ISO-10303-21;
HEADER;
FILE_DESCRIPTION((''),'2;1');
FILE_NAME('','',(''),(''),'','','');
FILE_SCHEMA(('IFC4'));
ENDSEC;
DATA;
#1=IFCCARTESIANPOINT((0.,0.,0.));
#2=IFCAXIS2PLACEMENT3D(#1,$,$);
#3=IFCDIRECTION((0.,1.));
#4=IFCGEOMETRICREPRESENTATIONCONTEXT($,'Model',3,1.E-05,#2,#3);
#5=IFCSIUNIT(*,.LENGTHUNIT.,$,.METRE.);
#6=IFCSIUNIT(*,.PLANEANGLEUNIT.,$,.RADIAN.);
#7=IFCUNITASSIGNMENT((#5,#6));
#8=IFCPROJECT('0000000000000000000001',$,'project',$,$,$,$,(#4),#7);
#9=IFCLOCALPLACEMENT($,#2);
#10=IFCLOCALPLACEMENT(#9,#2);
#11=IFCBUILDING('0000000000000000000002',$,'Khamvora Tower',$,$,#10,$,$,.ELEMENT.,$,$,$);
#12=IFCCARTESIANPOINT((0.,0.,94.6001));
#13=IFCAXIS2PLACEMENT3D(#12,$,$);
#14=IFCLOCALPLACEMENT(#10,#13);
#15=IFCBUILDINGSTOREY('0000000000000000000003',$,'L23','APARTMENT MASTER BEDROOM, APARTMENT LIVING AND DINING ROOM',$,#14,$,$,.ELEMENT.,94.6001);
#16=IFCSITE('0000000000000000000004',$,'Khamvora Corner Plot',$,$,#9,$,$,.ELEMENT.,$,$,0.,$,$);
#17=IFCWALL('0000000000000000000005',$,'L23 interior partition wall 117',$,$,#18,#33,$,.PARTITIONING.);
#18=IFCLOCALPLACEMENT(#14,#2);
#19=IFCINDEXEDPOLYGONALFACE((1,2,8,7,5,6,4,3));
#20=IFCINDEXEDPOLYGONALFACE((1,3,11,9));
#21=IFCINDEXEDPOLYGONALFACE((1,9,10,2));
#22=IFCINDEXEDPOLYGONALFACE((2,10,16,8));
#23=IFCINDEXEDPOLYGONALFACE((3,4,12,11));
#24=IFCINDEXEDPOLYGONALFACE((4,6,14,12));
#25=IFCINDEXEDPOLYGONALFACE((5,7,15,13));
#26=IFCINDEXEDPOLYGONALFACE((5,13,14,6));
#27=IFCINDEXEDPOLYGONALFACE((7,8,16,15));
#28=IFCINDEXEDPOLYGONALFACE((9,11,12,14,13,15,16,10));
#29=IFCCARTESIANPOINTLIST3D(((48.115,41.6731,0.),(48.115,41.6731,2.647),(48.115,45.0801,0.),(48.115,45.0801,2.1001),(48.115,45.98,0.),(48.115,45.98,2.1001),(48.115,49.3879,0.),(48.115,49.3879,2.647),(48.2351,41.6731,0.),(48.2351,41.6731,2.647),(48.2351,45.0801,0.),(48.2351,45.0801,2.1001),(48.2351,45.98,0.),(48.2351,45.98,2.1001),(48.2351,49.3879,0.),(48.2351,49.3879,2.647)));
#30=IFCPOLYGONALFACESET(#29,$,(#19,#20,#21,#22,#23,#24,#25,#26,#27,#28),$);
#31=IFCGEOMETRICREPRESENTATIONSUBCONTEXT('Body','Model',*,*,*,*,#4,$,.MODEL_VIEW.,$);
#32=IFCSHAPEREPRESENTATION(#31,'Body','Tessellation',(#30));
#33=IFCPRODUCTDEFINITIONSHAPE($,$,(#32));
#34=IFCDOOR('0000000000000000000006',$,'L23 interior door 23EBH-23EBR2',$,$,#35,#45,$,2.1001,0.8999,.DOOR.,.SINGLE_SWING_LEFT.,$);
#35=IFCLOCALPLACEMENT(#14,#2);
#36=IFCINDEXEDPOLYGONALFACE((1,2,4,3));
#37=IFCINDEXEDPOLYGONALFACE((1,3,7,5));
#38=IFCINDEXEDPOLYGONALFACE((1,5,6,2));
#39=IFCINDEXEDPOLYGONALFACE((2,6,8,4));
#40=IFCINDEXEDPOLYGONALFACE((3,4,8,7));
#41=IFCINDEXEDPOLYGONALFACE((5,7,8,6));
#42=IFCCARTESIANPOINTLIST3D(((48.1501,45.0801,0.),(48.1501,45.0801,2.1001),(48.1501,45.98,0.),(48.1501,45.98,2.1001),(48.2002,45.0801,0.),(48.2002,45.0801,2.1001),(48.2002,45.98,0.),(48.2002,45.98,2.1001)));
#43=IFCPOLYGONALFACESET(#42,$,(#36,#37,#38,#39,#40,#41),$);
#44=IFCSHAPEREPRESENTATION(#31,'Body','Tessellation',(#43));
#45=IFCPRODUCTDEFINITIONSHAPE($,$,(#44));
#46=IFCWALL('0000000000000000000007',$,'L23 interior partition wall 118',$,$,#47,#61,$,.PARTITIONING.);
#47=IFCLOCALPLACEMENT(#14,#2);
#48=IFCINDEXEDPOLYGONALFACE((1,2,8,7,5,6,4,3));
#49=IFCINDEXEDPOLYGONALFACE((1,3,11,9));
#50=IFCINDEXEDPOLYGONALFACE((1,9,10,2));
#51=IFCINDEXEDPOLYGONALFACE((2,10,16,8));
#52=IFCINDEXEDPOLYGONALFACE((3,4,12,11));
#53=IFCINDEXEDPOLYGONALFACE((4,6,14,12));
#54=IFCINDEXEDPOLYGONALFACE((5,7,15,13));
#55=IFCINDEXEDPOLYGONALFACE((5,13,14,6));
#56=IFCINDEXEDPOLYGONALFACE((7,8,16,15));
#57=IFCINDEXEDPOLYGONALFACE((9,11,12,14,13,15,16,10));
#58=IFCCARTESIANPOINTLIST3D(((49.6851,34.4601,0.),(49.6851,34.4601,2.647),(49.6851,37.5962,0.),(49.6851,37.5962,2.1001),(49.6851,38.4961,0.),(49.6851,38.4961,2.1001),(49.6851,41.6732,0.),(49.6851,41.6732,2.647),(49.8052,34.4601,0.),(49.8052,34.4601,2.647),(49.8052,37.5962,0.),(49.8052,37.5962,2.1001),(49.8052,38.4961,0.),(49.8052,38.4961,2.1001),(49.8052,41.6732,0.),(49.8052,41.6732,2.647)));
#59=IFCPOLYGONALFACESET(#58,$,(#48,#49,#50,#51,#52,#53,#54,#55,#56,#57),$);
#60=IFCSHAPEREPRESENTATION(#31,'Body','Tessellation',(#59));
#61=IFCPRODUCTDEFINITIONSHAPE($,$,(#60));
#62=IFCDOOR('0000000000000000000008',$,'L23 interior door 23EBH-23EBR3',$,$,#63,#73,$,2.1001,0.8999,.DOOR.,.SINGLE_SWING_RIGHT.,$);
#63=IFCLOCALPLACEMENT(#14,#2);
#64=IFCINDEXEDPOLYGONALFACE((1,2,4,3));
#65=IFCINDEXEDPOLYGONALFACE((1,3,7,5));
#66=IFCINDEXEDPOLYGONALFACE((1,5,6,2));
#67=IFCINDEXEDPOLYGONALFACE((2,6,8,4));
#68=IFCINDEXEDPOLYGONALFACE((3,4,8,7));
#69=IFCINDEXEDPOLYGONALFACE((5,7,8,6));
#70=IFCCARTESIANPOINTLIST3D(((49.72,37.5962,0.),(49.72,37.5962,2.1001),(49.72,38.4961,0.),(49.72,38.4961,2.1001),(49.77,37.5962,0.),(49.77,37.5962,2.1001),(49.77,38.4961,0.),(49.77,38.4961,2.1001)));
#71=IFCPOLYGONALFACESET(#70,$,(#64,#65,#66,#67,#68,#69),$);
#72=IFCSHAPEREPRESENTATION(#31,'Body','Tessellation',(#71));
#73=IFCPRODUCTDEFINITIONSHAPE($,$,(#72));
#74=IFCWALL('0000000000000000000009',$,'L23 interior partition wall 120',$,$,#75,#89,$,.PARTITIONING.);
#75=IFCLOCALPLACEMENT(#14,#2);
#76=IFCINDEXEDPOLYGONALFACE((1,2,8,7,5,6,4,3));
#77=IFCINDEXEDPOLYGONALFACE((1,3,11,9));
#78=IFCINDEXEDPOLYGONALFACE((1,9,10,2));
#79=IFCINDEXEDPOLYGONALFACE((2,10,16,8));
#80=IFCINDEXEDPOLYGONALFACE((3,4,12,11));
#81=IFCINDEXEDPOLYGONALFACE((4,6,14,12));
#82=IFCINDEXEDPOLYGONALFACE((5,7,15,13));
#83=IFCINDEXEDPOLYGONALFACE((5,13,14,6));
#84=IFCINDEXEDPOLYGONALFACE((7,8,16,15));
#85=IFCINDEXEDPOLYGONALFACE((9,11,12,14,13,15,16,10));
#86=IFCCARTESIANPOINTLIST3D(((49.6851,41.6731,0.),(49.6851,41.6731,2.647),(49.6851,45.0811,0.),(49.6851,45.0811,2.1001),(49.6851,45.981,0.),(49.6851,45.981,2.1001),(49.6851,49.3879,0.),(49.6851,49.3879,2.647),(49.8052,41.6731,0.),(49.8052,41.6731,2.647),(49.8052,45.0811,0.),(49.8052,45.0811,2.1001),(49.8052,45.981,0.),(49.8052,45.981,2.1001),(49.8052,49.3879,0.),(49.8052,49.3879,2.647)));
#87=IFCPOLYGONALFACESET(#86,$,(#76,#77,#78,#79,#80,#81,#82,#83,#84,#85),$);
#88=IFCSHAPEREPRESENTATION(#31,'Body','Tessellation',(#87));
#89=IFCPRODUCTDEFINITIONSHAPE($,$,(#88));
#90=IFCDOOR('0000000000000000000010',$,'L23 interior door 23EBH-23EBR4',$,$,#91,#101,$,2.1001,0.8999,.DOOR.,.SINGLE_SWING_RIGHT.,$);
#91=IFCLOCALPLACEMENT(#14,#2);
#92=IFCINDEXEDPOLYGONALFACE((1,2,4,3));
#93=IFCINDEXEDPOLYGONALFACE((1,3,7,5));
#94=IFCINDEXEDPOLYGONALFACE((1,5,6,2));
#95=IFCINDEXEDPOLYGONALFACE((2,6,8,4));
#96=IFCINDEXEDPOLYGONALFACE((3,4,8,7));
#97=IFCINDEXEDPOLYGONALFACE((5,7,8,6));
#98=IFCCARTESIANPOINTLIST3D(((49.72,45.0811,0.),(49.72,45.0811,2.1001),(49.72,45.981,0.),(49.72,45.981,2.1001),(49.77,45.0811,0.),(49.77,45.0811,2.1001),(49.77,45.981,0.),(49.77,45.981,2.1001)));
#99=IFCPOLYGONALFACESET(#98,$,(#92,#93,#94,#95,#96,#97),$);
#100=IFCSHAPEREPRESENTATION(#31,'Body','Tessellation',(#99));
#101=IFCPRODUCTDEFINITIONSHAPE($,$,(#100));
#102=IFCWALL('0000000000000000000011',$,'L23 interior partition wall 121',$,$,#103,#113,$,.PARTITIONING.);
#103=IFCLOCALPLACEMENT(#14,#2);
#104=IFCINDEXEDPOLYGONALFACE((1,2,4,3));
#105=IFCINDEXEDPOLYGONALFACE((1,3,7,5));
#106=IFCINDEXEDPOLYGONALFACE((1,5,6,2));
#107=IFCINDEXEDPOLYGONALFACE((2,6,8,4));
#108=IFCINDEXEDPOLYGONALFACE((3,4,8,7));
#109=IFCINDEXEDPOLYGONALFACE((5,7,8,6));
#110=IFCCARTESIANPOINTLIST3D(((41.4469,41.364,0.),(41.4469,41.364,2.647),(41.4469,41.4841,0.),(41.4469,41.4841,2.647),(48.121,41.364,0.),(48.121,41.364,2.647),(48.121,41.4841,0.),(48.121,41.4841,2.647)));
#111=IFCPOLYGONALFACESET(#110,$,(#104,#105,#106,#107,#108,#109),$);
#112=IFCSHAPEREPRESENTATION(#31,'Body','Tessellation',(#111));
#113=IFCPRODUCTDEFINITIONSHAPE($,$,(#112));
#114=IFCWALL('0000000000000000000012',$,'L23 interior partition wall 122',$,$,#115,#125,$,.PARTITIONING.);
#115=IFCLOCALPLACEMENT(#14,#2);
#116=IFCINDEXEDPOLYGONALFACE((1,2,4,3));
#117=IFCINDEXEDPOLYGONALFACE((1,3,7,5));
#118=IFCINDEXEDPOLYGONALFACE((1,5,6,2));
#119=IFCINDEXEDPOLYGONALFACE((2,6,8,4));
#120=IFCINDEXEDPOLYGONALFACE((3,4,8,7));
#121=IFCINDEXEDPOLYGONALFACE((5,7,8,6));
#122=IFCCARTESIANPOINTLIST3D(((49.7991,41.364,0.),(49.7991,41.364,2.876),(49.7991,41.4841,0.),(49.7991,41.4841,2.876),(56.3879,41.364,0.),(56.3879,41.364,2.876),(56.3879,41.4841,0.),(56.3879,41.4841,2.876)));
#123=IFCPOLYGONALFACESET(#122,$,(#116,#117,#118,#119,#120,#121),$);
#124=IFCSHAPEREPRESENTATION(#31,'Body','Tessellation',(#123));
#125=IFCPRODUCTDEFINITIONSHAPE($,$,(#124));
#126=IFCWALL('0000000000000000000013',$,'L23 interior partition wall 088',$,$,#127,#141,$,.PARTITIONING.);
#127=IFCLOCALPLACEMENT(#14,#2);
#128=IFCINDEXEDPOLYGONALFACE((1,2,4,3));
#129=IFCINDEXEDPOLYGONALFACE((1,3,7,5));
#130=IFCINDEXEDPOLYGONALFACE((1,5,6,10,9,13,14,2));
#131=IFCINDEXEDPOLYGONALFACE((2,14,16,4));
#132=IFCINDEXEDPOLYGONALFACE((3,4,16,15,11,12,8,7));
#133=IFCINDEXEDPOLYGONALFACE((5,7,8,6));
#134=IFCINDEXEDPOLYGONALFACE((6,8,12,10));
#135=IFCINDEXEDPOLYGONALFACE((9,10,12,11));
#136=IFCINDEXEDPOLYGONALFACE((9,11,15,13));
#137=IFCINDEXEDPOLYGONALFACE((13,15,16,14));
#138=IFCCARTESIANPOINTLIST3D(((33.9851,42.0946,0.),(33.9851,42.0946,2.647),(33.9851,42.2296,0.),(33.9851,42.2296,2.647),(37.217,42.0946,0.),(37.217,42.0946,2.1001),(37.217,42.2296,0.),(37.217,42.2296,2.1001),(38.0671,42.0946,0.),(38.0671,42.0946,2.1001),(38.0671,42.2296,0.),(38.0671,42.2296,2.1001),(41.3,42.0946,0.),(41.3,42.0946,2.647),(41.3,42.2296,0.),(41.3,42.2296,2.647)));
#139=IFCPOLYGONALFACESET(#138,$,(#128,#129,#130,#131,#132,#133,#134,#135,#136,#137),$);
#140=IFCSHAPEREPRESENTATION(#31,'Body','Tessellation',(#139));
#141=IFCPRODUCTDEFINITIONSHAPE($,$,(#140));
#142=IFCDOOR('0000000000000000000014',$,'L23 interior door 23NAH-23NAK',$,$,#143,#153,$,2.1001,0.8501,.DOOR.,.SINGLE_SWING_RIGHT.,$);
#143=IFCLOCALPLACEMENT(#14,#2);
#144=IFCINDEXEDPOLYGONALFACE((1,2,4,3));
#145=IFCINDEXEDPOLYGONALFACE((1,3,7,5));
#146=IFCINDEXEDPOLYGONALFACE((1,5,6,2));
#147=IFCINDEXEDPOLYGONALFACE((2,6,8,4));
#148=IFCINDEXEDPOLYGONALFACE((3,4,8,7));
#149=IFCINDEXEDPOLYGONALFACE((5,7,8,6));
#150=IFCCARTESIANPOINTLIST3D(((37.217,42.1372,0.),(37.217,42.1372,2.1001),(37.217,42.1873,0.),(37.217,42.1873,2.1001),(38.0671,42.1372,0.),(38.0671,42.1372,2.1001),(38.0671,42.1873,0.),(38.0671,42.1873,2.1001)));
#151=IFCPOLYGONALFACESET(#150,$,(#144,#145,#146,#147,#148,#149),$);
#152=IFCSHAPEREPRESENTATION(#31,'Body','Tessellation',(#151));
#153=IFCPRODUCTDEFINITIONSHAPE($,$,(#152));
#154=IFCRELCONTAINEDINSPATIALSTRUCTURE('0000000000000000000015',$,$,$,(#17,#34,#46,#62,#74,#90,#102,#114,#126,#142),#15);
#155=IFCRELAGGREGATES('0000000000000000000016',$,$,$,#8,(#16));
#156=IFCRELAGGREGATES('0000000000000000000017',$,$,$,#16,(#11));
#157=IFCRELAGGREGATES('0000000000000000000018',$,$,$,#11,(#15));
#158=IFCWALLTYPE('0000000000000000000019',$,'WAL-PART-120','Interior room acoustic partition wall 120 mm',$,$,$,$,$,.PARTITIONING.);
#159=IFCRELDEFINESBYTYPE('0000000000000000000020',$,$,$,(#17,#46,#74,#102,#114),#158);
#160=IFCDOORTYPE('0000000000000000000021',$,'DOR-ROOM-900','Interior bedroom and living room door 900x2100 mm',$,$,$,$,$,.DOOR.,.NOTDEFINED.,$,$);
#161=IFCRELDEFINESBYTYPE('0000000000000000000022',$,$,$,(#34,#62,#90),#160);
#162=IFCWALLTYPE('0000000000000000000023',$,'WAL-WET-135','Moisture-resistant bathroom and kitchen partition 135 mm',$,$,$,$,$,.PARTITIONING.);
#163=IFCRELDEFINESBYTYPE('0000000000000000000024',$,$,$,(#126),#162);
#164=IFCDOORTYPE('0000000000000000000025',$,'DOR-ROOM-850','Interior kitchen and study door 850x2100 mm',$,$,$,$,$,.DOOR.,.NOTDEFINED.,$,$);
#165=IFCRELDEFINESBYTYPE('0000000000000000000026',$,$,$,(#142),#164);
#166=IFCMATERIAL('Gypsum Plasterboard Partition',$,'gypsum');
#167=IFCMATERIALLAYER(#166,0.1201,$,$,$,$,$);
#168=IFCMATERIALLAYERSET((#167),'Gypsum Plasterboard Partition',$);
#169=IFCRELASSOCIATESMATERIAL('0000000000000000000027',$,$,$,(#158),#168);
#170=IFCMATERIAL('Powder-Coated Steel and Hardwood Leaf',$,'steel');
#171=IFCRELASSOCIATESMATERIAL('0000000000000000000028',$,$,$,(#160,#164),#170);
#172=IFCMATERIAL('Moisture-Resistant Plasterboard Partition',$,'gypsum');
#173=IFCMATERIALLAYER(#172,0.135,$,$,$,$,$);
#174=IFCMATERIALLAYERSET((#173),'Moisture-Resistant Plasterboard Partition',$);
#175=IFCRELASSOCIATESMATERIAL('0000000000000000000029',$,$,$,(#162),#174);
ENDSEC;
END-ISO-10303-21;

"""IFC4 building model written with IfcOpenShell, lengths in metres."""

from ifc_helpers import new_model, si_unit, direction, frame, frame_2d, origin, place, context, subcontext, project, spatial, rectangle, extrude, material, layer, layer_set, type_object, element, fill, save


model = new_model("IFC4")

# Units and contexts
model_context = context("Model", 3, precision=1e-05, world=origin(), true_north=direction((0.0, 1.0)))
body_context = subcontext(model_context, "Body", "Model", "MODEL_VIEW")
ifc_project = project(units=[si_unit("LENGTHUNIT", "METRE"), si_unit("PLANEANGLEUNIT", "RADIAN")], contexts=[model_context])

# Site, building, storey
site_placement = place(None, origin())
site = spatial("IfcSite", under=ifc_project, at=site_placement, Name="Khamvora Corner Plot", CompositionType="ELEMENT", RefElevation=0.0)
building_placement = place(site_placement, origin())
building = spatial("IfcBuilding", under=site, at=building_placement, Name="Khamvora Tower", CompositionType="ELEMENT")
storey_placement = place(building_placement, frame((0.0, 0.0, 94.6001)))
storey = spatial("IfcBuildingStorey", under=building, at=storey_placement, Name="L23", Description="APARTMENT MASTER BEDROOM, APARTMENT LIVING AND DINING ROOM", CompositionType="ELEMENT", Elevation=94.6001)

# Walls, openings, doors
ifc_material_1 = material(Name="Gypsum Plasterboard Partition", Category="gypsum")
ifc_layer_1 = layer(ifc_material_1, 0.1201)
ifc_layer_set_1 = layer_set([ifc_layer_1], Name="Gypsum Plasterboard Partition")
wall_type_1 = type_object("IfcWallType", Name="WAL-PART-120", Description="Interior room acoustic partition wall 120 mm", PredefinedType="PARTITIONING", material=ifc_layer_set_1)
wall_1_placement = place(storey_placement, frame((48.175, 41.6731, 0.0), z_axis=(0.0, 0.0, 1.0), x_axis=(0.0, 1.0, 0.0)))
wall_1 = element("IfcWall", 1, at=wall_1_placement, inside=storey, type_object=wall_type_1, Name="L23 interior partition wall 117", PredefinedType="PARTITIONING", context=body_context, shape_type="SweptSolid", body=[
    extrude(rectangle(XDim=7.7148, YDim=0.1201, at=frame_2d((3.8574, 0.0))), origin(), (0.0, 0.0, 1.0), 2.647),
])
opening_1_placement = place(wall_1_placement, frame((3.407, 0.0, 0.0)))
opening_1 = element("IfcOpeningElement", 2, at=opening_1_placement, cuts=wall_1, PredefinedType="OPENING", context=body_context, shape_type="SweptSolid", body=[
    extrude(rectangle(XDim=0.8999, YDim=2.1001, at=frame_2d((0.45, 1.05))), frame((0.0, 0.0701, 0.0), z_axis=(0.0, -1.0, 0.0), x_axis=(1.0, 0.0, 0.0)), (0.0, 0.0, 1.0), 0.1401),
])
ifc_material_2 = material(Name="Powder-Coated Steel and Hardwood Leaf", Category="steel")
door_type_1 = type_object("IfcDoorType", Name="DOR-ROOM-900", Description="Interior bedroom and living room door 900x2100 mm", OperationType="NOTDEFINED", PredefinedType="DOOR", material=ifc_material_2)
door_1_placement = place(opening_1_placement, origin())
door_1 = element("IfcDoor", 3, at=door_1_placement, inside=storey, type_object=door_type_1, Name="L23 interior door 23EBH-23EBR2", OperationType="SINGLE_SWING_LEFT", OverallHeight=2.1001, OverallWidth=0.8999, PredefinedType="DOOR", context=body_context, shape_type="SweptSolid", body=[
    extrude(rectangle(XDim=0.8999, YDim=2.1001, at=frame_2d((0.45, 1.05))), frame((0.0, 0.0249, 0.0), z_axis=(0.0, -1.0, 0.0), x_axis=(1.0, 0.0, 0.0)), (0.0, 0.0, 1.0), 0.05),
])
fill(opening_1, door_1)
wall_2_placement = place(storey_placement, frame((49.7451, 41.6731, 0.0), z_axis=(0.0, 0.0, 1.0), x_axis=(0.0, -1.0, 0.0)))
wall_2 = element("IfcWall", 4, at=wall_2_placement, inside=storey, type_object=wall_type_1, Name="L23 interior partition wall 118", PredefinedType="PARTITIONING", context=body_context, shape_type="SweptSolid", body=[
    extrude(rectangle(XDim=7.2131, YDim=0.1201, at=frame_2d((3.6064, 0.0))), origin(), (0.0, 0.0, 1.0), 2.647),
])
opening_2_placement = place(wall_2_placement, frame((3.177, 0.0, 0.0)))
opening_2 = element("IfcOpeningElement", 5, at=opening_2_placement, cuts=wall_2, PredefinedType="OPENING", context=body_context, shape_type="SweptSolid", body=[
    extrude(rectangle(XDim=0.8999, YDim=2.1001, at=frame_2d((0.45, 1.05))), frame((0.0, 0.0701, 0.0), z_axis=(0.0, -1.0, 0.0), x_axis=(1.0, 0.0, 0.0)), (0.0, 0.0, 1.0), 0.1401),
])
door_2_placement = place(opening_2_placement, origin())
door_2 = element("IfcDoor", 6, at=door_2_placement, inside=storey, type_object=door_type_1, Name="L23 interior door 23EBH-23EBR3", OperationType="SINGLE_SWING_RIGHT", OverallHeight=2.1001, OverallWidth=0.8999, PredefinedType="DOOR", context=body_context, shape_type="SweptSolid", body=[
    extrude(rectangle(XDim=0.8999, YDim=2.1001, at=frame_2d((0.45, 1.05))), frame((0.0, 0.0249, 0.0), z_axis=(0.0, -1.0, 0.0), x_axis=(1.0, 0.0, 0.0)), (0.0, 0.0, 1.0), 0.05),
])
fill(opening_2, door_2)
wall_3_placement = place(storey_placement, frame((49.7451, 49.3879, 0.0), z_axis=(0.0, 0.0, 1.0), x_axis=(0.0, -1.0, 0.0)))
wall_3 = element("IfcWall", 7, at=wall_3_placement, inside=storey, type_object=wall_type_1, Name="L23 interior partition wall 120", PredefinedType="PARTITIONING", context=body_context, shape_type="SweptSolid", body=[
    extrude(rectangle(XDim=7.7148, YDim=0.1201, at=frame_2d((3.8574, 0.0))), origin(), (0.0, 0.0, 1.0), 2.647),
])
opening_3_placement = place(wall_3_placement, frame((3.407, 0.0, 0.0)))
opening_3 = element("IfcOpeningElement", 8, at=opening_3_placement, cuts=wall_3, PredefinedType="OPENING", context=body_context, shape_type="SweptSolid", body=[
    extrude(rectangle(XDim=0.8999, YDim=2.1001, at=frame_2d((0.45, 1.05))), frame((0.0, 0.0701, 0.0), z_axis=(0.0, -1.0, 0.0), x_axis=(1.0, 0.0, 0.0)), (0.0, 0.0, 1.0), 0.1401),
])
door_3_placement = place(opening_3_placement, origin())
door_3 = element("IfcDoor", 9, at=door_3_placement, inside=storey, type_object=door_type_1, Name="L23 interior door 23EBH-23EBR4", OperationType="SINGLE_SWING_RIGHT", OverallHeight=2.1001, OverallWidth=0.8999, PredefinedType="DOOR", context=body_context, shape_type="SweptSolid", body=[
    extrude(rectangle(XDim=0.8999, YDim=2.1001, at=frame_2d((0.45, 1.05))), frame((0.0, 0.0249, 0.0), z_axis=(0.0, -1.0, 0.0), x_axis=(1.0, 0.0, 0.0)), (0.0, 0.0, 1.0), 0.05),
])
fill(opening_3, door_3)

# Walls
wall_4_placement = place(storey_placement, frame((41.447, 41.4241, 0.0), z_axis=(0.0, 0.0, 1.0), x_axis=(1.0, 0.0, 0.0)))
element("IfcWall", 10, at=wall_4_placement, inside=storey, type_object=wall_type_1, Name="L23 interior partition wall 121", PredefinedType="PARTITIONING", context=body_context, shape_type="SweptSolid", body=[
    extrude(rectangle(XDim=6.6741, YDim=0.1201, at=frame_2d((3.3369, 0.0))), origin(), (0.0, 0.0, 1.0), 2.647),
])
wall_5_placement = place(storey_placement, frame((49.7991, 41.4241, 0.0), z_axis=(0.0, 0.0, 1.0), x_axis=(1.0, 0.0, 0.0)))
element("IfcWall", 11, at=wall_5_placement, inside=storey, type_object=wall_type_1, Name="L23 interior partition wall 122", PredefinedType="PARTITIONING", context=body_context, shape_type="SweptSolid", body=[
    extrude(rectangle(XDim=6.5889, YDim=0.1201, at=frame_2d((3.2944, 0.0))), origin(), (0.0, 0.0, 1.0), 2.876),
])

# Wall, opening, door
ifc_material_3 = material(Name="Moisture-Resistant Plasterboard Partition", Category="gypsum")
ifc_layer_2 = layer(ifc_material_3, 0.135)
ifc_layer_set_2 = layer_set([ifc_layer_2], Name="Moisture-Resistant Plasterboard Partition")
wall_type_2 = type_object("IfcWallType", Name="WAL-WET-135", Description="Moisture-resistant bathroom and kitchen partition 135 mm", PredefinedType="PARTITIONING", material=ifc_layer_set_2)
wall_6_placement = place(storey_placement, frame((41.3, 42.1621, 0.0), z_axis=(0.0, 0.0, 1.0), x_axis=(-1.0, 0.0, 0.0)))
wall_6 = element("IfcWall", 12, at=wall_6_placement, inside=storey, type_object=wall_type_2, Name="L23 interior partition wall 088", PredefinedType="PARTITIONING", context=body_context, shape_type="SweptSolid", body=[
    extrude(rectangle(XDim=7.3149, YDim=0.135, at=frame_2d((3.6575, 0.0))), origin(), (0.0, 0.0, 1.0), 2.647),
])
opening_4_placement = place(wall_6_placement, frame((3.2329, 0.0, 0.0)))
opening_4 = element("IfcOpeningElement", 13, at=opening_4_placement, cuts=wall_6, PredefinedType="OPENING", context=body_context, shape_type="SweptSolid", body=[
    extrude(rectangle(XDim=0.8501, YDim=2.1001, at=frame_2d((0.425, 1.05))), frame((0.0, 0.0774, 0.0), z_axis=(0.0, -1.0, 0.0), x_axis=(1.0, 0.0, 0.0)), (0.0, 0.0, 1.0), 0.155),
])
door_type_2 = type_object("IfcDoorType", Name="DOR-ROOM-850", Description="Interior kitchen and study door 850x2100 mm", OperationType="NOTDEFINED", PredefinedType="DOOR", material=ifc_material_2)
door_4_placement = place(opening_4_placement, origin())
door_4 = element("IfcDoor", 14, at=door_4_placement, inside=storey, type_object=door_type_2, Name="L23 interior door 23NAH-23NAK", OperationType="SINGLE_SWING_RIGHT", OverallHeight=2.1001, OverallWidth=0.8501, PredefinedType="DOOR", context=body_context, shape_type="SweptSolid", body=[
    extrude(rectangle(XDim=0.8501, YDim=2.1001, at=frame_2d((0.425, 1.05))), frame((0.0, 0.0249, 0.0), z_axis=(0.0, -1.0, 0.0), x_axis=(1.0, 0.0, 0.0)), (0.0, 0.0, 1.0), 0.05),
])
fill(opening_4, door_4)

save(model, "model.ifc")
